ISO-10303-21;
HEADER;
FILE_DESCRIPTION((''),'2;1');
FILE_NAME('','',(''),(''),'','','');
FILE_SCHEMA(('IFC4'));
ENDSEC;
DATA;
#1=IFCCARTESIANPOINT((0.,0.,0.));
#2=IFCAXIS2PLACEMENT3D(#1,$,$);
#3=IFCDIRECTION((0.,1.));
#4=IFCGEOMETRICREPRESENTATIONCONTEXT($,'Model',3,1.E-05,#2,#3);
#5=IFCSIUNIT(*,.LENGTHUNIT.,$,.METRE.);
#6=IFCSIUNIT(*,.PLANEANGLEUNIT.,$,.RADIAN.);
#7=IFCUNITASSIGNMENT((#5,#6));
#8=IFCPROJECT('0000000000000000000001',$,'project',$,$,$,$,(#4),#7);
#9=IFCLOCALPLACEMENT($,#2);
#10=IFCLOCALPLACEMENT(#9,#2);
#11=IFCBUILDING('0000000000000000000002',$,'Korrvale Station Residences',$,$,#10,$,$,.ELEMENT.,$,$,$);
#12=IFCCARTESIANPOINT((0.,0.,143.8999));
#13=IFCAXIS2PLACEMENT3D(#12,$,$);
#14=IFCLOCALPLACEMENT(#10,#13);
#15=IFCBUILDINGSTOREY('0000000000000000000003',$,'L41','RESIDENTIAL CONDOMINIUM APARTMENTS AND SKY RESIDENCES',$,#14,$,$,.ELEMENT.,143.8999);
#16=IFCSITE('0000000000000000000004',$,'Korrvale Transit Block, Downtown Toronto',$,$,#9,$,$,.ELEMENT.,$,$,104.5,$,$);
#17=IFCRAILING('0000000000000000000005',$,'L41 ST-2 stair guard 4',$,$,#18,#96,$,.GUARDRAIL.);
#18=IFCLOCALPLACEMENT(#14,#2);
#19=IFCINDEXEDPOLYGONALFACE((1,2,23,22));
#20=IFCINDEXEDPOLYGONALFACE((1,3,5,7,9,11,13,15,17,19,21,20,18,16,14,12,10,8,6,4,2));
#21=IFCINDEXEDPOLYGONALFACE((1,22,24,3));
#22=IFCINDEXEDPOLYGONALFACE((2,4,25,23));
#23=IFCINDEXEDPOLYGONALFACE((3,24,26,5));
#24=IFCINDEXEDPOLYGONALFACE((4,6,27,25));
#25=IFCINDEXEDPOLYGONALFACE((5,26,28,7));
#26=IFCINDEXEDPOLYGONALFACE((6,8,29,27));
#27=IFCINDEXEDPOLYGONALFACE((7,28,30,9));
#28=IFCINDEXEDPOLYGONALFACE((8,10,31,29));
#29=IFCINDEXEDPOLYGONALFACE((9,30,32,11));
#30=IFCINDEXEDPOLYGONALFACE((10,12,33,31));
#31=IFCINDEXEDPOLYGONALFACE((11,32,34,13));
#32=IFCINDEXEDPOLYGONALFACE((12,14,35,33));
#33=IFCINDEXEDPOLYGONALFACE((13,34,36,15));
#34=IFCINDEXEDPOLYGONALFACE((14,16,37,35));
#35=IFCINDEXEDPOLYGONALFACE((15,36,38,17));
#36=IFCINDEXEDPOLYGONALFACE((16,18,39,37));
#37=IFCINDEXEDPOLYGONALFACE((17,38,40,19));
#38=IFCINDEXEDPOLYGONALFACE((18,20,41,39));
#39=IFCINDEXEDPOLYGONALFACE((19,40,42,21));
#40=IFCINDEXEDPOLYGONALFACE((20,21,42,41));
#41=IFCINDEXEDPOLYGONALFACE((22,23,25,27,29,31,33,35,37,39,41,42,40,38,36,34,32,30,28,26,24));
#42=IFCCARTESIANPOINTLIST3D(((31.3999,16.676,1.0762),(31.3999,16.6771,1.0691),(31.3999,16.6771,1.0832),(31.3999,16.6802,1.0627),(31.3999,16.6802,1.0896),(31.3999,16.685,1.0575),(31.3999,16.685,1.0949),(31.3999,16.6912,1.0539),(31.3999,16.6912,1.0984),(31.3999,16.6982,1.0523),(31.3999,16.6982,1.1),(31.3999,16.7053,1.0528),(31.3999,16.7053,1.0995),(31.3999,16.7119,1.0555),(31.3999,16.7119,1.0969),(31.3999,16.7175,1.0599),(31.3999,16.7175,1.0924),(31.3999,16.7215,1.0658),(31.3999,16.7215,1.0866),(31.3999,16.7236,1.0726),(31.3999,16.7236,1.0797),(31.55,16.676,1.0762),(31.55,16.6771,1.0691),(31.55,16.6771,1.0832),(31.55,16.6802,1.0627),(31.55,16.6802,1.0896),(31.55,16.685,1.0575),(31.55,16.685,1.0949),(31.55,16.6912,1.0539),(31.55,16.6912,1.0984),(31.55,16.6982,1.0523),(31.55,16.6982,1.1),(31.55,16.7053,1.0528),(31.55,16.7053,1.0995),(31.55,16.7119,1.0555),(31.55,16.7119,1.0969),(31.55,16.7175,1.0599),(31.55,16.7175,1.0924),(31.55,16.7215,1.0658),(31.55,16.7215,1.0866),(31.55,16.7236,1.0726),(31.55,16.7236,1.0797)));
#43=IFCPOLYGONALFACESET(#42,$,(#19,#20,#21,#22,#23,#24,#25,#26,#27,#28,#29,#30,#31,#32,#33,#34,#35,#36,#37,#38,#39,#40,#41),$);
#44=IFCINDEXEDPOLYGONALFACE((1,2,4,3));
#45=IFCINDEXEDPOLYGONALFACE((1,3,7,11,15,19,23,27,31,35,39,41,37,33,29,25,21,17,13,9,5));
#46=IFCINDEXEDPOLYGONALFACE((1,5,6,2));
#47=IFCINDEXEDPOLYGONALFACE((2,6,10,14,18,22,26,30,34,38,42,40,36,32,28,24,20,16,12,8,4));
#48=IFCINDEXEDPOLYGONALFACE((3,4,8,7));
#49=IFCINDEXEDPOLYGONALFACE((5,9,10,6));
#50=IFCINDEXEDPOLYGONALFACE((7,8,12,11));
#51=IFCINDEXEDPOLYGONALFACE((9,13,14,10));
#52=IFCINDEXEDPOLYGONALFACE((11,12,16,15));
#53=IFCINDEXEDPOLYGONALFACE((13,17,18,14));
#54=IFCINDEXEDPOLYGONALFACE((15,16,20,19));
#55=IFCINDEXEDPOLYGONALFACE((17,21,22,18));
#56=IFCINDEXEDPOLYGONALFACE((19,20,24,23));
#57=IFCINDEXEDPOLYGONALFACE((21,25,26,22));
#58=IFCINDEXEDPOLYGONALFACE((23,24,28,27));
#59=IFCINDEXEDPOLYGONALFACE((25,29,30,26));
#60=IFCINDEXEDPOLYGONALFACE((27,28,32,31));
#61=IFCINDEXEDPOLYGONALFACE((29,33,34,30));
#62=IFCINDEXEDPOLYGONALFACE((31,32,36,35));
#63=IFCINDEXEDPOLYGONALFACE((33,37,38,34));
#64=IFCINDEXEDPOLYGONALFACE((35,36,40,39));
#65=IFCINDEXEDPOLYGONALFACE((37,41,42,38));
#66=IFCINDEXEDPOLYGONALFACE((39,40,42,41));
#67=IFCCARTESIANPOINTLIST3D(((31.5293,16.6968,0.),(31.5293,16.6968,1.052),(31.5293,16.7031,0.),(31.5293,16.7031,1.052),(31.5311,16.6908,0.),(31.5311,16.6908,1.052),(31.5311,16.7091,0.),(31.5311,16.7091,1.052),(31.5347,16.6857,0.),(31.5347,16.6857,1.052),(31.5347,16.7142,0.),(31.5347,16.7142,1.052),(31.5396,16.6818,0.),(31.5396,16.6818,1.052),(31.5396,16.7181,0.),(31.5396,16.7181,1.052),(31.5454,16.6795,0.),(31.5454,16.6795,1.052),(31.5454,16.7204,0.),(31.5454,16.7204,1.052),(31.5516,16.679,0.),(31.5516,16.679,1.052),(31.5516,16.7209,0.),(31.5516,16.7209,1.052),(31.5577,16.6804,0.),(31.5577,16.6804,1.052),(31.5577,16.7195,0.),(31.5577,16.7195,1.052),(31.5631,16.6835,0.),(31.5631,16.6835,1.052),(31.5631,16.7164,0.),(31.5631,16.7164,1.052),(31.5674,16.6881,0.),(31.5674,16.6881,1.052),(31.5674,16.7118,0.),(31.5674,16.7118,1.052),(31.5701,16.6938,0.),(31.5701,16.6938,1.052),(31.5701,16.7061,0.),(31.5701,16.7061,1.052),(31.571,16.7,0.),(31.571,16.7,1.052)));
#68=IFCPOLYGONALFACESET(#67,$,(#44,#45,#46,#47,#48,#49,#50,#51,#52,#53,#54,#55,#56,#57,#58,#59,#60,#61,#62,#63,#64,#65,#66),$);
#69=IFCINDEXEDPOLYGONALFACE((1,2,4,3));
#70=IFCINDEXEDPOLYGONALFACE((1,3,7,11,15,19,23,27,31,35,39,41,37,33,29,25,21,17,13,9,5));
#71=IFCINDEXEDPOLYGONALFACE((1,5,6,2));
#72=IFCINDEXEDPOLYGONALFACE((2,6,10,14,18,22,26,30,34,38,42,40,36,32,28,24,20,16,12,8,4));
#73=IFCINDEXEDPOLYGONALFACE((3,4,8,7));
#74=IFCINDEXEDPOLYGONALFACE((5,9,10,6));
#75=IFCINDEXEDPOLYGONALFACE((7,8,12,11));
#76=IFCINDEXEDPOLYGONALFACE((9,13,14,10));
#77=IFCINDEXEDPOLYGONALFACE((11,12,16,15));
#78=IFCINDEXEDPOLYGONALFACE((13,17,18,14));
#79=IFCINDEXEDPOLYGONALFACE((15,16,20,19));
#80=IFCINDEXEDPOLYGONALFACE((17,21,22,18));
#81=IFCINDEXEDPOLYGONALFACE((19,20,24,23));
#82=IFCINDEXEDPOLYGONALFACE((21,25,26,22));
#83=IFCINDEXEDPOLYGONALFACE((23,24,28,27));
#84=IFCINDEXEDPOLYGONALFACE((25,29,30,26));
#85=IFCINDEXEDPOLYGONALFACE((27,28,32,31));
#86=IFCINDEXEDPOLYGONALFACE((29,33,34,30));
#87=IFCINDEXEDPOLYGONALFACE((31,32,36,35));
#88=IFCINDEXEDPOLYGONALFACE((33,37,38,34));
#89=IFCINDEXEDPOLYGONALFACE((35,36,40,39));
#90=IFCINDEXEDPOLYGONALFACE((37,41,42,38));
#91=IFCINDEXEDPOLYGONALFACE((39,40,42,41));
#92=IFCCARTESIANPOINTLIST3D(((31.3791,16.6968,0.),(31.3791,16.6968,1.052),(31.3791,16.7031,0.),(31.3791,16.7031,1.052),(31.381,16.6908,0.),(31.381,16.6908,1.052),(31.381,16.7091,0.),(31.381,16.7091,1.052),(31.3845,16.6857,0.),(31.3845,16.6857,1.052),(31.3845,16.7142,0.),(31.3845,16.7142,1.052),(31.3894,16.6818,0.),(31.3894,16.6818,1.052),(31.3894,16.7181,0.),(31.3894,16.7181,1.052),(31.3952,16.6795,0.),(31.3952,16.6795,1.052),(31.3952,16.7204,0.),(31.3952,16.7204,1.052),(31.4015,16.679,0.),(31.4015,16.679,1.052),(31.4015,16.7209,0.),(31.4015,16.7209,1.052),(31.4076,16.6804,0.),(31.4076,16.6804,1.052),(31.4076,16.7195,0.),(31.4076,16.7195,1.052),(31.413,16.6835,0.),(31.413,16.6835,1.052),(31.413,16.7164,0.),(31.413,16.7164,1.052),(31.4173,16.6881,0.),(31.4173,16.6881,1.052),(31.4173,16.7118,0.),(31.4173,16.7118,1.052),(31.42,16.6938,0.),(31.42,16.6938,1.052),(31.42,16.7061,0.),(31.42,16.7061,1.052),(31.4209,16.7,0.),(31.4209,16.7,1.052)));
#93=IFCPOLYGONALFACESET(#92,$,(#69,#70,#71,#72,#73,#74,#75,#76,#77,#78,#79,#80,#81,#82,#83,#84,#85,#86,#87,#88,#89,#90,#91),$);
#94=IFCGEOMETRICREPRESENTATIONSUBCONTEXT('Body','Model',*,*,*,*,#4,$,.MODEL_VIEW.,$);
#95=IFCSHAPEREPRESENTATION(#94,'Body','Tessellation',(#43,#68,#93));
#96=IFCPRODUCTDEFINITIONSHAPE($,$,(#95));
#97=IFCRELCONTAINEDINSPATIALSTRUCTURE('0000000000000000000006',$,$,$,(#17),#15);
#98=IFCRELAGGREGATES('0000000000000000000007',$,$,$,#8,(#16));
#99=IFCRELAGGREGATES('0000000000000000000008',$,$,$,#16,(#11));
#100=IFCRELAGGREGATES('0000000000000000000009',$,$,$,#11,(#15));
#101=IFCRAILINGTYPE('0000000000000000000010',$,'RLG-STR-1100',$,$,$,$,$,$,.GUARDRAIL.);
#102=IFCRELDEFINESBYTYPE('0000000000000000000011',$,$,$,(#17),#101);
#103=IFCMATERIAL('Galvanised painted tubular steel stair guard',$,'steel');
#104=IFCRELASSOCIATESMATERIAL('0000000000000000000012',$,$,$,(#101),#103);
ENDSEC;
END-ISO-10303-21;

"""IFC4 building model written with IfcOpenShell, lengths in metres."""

from ifc_helpers import new_model, si_unit, direction, frame, origin, origin_2d, place, context, subcontext, project, spatial, circle, extrude, material, type_object, element, save


model = new_model("IFC4")

# Units and contexts
model_context = context("Model", 3, precision=1e-05, world=origin(), true_north=direction((0.0, 1.0)))
body_context = subcontext(model_context, "Body", "Model", "MODEL_VIEW")
ifc_project = project(units=[si_unit("LENGTHUNIT", "METRE"), si_unit("PLANEANGLEUNIT", "RADIAN")], contexts=[model_context])

# Site, building, storey
site_placement = place(None, origin())
site = spatial("IfcSite", under=ifc_project, at=site_placement, Name="Korrvale Transit Block, Downtown Toronto", CompositionType="ELEMENT", RefElevation=104.5)
building_placement = place(site_placement, origin())
building = spatial("IfcBuilding", under=site, at=building_placement, Name="Korrvale Station Residences", CompositionType="ELEMENT")
storey_placement = place(building_placement, frame((0.0, 0.0, 143.8999)))
storey = spatial("IfcBuildingStorey", under=building, at=storey_placement, Name="L41", Description="RESIDENTIAL CONDOMINIUM APARTMENTS AND SKY RESIDENCES", CompositionType="ELEMENT", Elevation=143.8999)

# Railing
ifc_material_1 = material(Name="Galvanised painted tubular steel stair guard", Category="steel")
railing_type_1 = type_object("IfcRailingType", Name="RLG-STR-1100", PredefinedType="GUARDRAIL", material=ifc_material_1)
railing_1_placement = place(storey_placement, frame((31.55, 16.7, 0.0)))
element("IfcRailing", 1, at=railing_1_placement, inside=storey, type_object=railing_type_1, Name="L41 ST-2 stair guard 4", PredefinedType="GUARDRAIL", context=body_context, shape_type="SweptSolid", body=[
    extrude(circle(Radius=0.0239, at=origin_2d()), frame((0.0, 0.0, 1.0762), z_axis=(-1.0, 0.0, 0.0), x_axis=(0.0, -1.0, 0.0)), (0.0, 0.0, 1.0), 0.1501),
    extrude(circle(Radius=0.021, at=origin_2d()), origin(), (0.0, 0.0, 1.0), 1.052),
    extrude(circle(Radius=0.021, at=origin_2d()), frame((-0.1501, 0.0, 0.0)), (0.0, 0.0, 1.0), 1.052),
])

save(model, "model.ifc")
